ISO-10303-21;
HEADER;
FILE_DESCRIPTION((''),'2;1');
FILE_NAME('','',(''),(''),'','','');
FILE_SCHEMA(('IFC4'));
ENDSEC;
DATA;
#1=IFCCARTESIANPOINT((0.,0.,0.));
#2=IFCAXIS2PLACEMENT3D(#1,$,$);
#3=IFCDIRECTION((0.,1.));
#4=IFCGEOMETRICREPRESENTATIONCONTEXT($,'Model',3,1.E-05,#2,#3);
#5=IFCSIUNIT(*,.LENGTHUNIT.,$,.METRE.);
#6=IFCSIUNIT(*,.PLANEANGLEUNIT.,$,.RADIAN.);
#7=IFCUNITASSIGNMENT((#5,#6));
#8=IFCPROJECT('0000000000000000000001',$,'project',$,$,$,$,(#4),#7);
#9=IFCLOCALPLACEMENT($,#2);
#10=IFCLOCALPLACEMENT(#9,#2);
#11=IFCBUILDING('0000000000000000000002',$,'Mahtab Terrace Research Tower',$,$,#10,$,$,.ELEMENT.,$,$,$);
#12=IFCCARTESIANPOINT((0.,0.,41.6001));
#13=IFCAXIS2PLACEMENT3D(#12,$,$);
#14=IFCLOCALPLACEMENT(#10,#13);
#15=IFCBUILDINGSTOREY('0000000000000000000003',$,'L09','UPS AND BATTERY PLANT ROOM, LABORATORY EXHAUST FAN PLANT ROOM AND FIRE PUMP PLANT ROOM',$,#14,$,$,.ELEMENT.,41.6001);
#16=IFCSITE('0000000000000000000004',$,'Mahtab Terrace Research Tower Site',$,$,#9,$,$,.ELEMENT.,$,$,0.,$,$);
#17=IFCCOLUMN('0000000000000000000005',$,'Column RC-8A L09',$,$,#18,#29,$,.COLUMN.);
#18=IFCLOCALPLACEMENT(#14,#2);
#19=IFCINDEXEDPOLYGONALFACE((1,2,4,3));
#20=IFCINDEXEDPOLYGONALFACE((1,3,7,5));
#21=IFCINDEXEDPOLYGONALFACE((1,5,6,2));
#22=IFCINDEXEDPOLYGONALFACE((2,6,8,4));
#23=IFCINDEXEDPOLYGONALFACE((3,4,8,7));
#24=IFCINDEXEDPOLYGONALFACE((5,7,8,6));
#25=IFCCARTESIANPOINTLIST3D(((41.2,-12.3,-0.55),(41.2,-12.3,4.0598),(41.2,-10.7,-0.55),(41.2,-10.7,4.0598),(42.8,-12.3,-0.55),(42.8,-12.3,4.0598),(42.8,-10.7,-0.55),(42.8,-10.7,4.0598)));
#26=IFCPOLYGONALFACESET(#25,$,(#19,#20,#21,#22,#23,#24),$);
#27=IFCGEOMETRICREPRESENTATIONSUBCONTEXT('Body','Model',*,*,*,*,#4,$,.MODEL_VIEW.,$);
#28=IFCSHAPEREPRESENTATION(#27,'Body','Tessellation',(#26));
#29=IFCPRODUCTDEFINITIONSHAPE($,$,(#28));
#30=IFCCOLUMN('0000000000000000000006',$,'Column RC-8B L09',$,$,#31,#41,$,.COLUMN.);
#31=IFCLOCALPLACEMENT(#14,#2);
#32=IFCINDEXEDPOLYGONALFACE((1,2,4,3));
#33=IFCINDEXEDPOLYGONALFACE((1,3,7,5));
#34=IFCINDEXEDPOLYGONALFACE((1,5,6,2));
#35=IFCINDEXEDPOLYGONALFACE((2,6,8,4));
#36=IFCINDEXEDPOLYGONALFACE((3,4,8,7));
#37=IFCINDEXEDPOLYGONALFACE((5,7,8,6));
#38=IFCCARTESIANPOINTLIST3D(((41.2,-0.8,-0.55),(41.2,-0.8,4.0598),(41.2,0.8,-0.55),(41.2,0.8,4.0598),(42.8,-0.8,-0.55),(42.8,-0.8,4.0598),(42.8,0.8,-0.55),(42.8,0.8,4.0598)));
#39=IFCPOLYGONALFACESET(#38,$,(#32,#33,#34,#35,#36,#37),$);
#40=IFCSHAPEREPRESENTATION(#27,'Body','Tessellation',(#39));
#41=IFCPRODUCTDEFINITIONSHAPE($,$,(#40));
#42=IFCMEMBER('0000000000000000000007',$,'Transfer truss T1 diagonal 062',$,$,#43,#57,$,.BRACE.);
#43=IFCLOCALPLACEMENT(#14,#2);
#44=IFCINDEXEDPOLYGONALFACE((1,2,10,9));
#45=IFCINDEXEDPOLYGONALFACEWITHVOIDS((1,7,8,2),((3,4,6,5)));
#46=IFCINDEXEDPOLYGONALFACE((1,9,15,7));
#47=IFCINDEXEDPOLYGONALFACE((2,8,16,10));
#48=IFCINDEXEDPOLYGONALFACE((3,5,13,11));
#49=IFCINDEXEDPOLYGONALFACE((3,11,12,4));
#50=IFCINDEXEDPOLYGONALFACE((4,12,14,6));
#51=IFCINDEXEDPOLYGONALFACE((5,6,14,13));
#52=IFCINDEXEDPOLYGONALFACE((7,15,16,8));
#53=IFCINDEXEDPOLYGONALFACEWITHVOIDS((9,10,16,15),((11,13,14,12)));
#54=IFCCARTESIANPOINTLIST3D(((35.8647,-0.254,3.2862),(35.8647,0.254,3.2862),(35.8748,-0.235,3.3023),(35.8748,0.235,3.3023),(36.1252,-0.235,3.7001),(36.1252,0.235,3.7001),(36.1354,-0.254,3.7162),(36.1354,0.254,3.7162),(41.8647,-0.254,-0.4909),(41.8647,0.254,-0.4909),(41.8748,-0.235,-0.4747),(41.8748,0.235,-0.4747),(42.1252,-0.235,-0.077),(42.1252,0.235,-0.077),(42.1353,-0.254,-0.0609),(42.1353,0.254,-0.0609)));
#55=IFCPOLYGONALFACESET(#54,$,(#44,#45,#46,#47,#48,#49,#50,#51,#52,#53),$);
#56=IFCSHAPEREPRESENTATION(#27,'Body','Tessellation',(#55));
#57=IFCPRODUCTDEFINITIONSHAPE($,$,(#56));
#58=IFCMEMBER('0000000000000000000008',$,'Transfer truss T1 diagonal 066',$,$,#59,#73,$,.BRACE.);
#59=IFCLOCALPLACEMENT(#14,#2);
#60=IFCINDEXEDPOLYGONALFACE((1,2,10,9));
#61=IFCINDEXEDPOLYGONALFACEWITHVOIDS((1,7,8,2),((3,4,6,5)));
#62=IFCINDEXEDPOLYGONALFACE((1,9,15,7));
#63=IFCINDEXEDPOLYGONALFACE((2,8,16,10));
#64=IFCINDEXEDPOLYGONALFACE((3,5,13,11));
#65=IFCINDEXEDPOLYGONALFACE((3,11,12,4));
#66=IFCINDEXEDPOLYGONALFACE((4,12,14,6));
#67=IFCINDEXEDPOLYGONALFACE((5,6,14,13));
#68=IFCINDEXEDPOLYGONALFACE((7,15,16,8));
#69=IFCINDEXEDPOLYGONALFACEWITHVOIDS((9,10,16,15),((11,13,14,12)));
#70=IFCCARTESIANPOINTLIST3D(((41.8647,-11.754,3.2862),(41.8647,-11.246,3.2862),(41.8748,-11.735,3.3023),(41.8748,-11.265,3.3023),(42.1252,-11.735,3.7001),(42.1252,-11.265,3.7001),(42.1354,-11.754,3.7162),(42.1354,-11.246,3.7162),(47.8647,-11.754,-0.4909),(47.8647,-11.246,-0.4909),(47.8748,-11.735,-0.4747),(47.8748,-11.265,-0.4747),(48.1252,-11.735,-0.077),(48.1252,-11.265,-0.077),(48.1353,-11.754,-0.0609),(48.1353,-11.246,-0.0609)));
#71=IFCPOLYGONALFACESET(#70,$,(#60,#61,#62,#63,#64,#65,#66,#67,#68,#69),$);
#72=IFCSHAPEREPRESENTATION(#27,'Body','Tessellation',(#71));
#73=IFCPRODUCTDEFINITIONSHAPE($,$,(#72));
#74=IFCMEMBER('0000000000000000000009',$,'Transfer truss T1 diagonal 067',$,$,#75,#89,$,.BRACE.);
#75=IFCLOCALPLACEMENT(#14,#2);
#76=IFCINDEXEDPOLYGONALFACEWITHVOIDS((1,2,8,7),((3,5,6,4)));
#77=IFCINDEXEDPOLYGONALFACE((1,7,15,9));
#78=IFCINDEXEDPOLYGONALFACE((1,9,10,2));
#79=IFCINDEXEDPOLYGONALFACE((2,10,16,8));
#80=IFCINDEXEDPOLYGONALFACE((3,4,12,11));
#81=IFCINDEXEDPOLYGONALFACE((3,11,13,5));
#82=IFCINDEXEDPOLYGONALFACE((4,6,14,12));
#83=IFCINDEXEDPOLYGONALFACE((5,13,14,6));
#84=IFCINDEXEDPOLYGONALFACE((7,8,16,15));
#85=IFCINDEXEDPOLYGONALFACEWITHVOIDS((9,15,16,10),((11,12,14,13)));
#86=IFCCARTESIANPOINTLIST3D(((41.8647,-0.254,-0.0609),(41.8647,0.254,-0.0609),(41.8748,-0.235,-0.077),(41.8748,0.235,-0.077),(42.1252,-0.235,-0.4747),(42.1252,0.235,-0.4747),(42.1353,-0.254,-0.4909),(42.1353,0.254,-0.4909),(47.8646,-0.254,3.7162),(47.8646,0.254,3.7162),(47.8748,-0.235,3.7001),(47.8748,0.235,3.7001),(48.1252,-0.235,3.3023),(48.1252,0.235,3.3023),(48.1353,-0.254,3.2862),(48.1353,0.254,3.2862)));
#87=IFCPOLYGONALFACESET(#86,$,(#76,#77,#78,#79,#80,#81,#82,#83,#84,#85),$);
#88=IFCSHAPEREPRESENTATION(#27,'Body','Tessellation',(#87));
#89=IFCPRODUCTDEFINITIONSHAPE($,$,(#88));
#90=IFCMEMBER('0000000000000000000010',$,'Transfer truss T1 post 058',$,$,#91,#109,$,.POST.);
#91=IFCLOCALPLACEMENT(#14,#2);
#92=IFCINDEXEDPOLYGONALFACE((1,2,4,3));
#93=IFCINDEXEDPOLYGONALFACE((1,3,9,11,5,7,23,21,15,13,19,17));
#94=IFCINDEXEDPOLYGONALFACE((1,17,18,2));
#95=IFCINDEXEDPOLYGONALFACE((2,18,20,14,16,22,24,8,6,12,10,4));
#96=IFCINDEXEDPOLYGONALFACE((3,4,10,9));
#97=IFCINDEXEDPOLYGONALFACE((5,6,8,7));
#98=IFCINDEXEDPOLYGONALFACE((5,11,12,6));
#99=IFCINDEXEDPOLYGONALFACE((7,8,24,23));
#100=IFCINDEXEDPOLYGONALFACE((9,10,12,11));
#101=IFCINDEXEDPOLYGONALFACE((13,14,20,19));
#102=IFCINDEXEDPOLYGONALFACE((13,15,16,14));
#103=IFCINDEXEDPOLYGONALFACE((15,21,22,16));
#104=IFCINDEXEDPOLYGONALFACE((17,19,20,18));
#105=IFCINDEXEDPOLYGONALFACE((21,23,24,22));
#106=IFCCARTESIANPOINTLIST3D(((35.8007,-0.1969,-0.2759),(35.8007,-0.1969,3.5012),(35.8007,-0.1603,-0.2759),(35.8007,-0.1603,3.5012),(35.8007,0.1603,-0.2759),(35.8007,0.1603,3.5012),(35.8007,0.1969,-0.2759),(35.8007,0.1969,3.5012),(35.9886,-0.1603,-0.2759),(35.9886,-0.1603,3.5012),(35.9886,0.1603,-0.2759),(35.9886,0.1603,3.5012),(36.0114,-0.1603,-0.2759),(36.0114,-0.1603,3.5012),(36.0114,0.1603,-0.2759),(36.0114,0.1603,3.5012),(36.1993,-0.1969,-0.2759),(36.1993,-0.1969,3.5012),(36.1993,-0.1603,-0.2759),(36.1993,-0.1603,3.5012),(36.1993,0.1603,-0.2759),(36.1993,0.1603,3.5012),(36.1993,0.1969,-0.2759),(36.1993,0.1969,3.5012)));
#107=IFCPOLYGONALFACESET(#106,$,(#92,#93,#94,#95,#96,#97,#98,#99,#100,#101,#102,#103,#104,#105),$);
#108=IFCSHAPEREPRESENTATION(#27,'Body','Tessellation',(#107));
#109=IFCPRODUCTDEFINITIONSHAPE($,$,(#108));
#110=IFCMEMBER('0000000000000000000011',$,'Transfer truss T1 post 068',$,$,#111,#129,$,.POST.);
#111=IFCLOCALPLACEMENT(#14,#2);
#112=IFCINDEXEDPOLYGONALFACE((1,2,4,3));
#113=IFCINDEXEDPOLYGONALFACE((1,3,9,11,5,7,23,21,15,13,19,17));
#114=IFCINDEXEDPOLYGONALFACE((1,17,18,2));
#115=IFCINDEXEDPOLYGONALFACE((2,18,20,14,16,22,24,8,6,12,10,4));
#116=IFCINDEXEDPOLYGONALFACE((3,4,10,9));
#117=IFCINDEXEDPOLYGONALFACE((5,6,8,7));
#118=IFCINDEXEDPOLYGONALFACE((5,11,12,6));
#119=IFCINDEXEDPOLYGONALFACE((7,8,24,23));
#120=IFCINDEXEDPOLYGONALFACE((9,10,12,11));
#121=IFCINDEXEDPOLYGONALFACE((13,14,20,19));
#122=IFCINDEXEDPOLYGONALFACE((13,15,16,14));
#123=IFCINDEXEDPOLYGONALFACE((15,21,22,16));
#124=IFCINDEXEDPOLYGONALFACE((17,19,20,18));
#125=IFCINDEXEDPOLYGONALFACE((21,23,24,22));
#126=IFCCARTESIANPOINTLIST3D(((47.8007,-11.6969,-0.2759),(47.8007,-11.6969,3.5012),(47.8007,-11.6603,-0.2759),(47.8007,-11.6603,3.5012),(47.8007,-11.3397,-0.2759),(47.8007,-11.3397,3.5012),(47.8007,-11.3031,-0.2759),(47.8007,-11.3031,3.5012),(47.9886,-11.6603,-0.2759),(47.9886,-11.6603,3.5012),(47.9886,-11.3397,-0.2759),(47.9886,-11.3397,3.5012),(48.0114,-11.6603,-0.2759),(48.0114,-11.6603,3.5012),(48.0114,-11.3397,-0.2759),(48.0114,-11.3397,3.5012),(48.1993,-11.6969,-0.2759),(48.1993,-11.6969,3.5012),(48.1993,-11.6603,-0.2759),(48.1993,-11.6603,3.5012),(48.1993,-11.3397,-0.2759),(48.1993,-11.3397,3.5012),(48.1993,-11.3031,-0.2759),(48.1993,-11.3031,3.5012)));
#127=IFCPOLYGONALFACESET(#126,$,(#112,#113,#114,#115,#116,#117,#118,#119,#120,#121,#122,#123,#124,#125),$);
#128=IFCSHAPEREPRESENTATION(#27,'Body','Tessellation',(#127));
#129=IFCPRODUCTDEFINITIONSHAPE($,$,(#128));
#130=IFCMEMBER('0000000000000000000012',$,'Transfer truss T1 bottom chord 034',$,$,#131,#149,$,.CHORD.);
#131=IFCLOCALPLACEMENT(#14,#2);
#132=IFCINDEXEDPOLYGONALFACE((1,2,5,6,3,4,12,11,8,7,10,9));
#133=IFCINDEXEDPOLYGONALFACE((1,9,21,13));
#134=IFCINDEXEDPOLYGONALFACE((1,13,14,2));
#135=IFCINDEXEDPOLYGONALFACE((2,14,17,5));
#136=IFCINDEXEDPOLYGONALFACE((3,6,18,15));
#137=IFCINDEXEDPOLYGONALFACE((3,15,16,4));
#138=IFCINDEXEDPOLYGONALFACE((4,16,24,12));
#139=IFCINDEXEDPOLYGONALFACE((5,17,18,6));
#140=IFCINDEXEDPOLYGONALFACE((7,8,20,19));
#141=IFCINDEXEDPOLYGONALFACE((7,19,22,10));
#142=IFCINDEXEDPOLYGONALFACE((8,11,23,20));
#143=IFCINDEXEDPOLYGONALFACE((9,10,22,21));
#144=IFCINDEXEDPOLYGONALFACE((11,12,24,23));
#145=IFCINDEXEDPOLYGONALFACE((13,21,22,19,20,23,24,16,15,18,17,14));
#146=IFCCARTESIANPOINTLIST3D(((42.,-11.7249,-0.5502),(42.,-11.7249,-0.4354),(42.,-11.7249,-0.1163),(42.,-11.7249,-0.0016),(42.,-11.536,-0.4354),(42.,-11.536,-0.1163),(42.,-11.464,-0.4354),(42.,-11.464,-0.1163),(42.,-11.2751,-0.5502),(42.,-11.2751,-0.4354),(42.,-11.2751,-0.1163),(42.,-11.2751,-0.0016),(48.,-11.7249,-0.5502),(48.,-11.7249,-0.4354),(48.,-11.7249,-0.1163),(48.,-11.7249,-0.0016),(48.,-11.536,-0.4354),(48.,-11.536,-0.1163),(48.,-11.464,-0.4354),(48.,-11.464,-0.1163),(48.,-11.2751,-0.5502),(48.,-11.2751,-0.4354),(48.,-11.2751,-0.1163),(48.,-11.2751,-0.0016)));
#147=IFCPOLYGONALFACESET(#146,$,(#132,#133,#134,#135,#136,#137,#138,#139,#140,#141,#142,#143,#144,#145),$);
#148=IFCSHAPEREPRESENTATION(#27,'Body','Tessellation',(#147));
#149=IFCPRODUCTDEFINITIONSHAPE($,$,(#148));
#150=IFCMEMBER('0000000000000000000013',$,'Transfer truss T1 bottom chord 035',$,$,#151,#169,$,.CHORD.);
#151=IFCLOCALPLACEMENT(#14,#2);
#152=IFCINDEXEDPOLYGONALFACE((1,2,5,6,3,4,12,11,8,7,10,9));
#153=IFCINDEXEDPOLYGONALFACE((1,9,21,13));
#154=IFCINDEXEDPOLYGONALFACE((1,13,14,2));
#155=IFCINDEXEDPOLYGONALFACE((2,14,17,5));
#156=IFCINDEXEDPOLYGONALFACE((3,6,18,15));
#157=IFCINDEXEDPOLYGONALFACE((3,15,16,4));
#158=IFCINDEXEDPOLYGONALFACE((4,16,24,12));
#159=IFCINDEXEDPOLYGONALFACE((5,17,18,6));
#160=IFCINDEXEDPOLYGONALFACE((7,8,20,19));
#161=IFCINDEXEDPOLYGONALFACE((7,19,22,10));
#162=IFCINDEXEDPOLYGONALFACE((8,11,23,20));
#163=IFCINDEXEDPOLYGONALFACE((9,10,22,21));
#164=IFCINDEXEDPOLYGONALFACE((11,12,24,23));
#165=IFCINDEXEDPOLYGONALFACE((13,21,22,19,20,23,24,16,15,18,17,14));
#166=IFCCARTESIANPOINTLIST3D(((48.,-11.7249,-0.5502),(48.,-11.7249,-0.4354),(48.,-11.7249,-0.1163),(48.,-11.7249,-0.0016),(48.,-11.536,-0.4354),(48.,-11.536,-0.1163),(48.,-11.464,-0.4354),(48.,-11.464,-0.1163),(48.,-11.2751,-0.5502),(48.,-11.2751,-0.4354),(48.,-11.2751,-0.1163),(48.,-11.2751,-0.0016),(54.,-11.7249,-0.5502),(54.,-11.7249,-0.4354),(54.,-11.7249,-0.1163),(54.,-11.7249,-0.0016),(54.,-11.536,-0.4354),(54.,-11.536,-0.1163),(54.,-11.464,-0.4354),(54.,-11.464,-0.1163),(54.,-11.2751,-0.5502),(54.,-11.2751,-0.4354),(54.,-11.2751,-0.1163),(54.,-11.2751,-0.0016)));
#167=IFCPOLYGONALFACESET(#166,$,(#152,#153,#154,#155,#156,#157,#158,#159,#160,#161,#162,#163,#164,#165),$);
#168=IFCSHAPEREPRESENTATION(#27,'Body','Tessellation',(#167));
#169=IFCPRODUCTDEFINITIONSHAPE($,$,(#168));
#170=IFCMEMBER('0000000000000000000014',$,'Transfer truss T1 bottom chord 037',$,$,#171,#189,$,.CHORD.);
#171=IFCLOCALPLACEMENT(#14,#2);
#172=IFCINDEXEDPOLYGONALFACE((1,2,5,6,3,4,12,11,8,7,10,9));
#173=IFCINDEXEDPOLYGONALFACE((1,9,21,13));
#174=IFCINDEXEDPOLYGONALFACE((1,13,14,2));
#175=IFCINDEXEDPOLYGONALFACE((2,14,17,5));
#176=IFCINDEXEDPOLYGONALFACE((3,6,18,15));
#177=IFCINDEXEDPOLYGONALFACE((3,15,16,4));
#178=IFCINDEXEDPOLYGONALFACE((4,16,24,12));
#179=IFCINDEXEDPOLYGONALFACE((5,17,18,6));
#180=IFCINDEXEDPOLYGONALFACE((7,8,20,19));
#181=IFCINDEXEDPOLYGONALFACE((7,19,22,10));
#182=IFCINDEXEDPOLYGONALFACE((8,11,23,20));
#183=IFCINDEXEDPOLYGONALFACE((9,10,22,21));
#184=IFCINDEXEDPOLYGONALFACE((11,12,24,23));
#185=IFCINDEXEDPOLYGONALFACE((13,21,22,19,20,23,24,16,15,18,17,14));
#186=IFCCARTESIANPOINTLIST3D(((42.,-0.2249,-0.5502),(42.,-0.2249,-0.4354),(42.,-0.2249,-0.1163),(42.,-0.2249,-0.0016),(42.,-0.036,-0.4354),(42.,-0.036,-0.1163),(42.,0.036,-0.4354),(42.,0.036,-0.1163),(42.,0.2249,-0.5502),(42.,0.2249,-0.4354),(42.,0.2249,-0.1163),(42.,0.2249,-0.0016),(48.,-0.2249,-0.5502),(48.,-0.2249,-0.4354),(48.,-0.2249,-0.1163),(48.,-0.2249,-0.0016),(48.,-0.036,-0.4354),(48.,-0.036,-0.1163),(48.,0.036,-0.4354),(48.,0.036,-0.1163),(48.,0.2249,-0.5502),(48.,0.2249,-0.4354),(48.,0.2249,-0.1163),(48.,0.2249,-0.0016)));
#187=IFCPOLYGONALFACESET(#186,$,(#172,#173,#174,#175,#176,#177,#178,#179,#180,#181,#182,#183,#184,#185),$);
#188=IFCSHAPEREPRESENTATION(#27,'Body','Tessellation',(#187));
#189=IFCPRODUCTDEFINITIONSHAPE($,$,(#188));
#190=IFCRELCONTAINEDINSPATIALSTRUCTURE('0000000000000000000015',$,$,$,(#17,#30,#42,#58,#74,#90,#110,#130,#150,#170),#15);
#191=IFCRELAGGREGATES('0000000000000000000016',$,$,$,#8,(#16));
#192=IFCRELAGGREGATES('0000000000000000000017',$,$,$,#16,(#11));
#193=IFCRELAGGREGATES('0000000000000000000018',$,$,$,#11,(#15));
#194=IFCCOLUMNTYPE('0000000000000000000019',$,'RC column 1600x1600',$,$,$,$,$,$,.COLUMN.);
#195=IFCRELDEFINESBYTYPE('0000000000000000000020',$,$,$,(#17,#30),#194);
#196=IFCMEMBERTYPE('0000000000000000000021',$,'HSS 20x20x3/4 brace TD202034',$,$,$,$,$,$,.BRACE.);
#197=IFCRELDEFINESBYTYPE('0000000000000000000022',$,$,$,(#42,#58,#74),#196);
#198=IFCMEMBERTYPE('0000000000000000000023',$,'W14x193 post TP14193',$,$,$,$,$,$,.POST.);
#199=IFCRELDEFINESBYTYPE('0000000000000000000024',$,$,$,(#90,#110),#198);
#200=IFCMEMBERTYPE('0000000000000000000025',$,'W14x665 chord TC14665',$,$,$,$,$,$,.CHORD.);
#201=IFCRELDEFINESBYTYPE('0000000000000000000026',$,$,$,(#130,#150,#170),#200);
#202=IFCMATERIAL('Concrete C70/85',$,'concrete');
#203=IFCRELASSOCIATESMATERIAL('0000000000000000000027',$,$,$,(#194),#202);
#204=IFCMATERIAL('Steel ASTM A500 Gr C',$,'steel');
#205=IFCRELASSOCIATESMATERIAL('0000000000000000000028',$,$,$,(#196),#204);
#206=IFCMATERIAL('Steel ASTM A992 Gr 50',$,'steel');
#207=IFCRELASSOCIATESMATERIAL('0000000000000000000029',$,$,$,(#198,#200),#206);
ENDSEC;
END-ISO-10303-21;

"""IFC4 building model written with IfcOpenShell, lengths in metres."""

from ifc_helpers import new_model, si_unit, direction, frame, origin, origin_2d, place, context, subcontext, project, spatial, rectangle, hollow_rectangle, i_section, extrude, material, material_profile, profile_set, type_object, element, save


model = new_model("IFC4")

# Units and contexts
model_context = context("Model", 3, precision=1e-05, world=origin(), true_north=direction((0.0, 1.0)))
body_context = subcontext(model_context, "Body", "Model", "MODEL_VIEW")
ifc_project = project(units=[si_unit("LENGTHUNIT", "METRE"), si_unit("PLANEANGLEUNIT", "RADIAN")], contexts=[model_context])

# Site, building, storey
site_placement = place(None, origin())
site = spatial("IfcSite", under=ifc_project, at=site_placement, Name="Mahtab Terrace Research Tower Site", CompositionType="ELEMENT", RefElevation=0.0)
building_placement = place(site_placement, origin())
building = spatial("IfcBuilding", under=site, at=building_placement, Name="Mahtab Terrace Research Tower", CompositionType="ELEMENT")
storey_placement = place(building_placement, frame((0.0, 0.0, 41.6001)))
storey = spatial("IfcBuildingStorey", under=building, at=storey_placement, Name="L09", Description="UPS AND BATTERY PLANT ROOM, LABORATORY EXHAUST FAN PLANT ROOM AND FIRE PUMP PLANT ROOM", CompositionType="ELEMENT", Elevation=41.6001)

# Columns
ifc_material_1 = material(Name="Concrete C70/85", Category="concrete")
ifc_material_profile_1 = material_profile(ifc_material_1, rectangle(XDim=1.6001, YDim=1.6001, at=origin_2d()), Name="RC column 1600x1600")
ifc_profile_set_1 = profile_set([ifc_material_profile_1], Name="Concrete C70/85")
column_type = type_object("IfcColumnType", Name="RC column 1600x1600", PredefinedType="COLUMN", material=ifc_profile_set_1)
for number, where, z_axis, x_axis, name in (
    (1, (42.0, -11.5, -0.55), (0.0, 0.0, 1.0), (1.0, 0.0, 0.0), "Column RC-8A L09"),
    (2, (42.0, 0.0, -0.55), (0.0, 0.0, 1.0), (1.0, 0.0, 0.0), "Column RC-8B L09"),
):
    element("IfcColumn", number, at=place(storey_placement, frame(where, z_axis=z_axis, x_axis=x_axis)), inside=storey, type_object=column_type, Name=name, PredefinedType="COLUMN", context=body_context, shape_type="SweptSolid", body=[
        extrude(rectangle(XDim=1.6001, YDim=1.6001, at=origin_2d()), origin(), (0.0, 0.0, 1.0), 4.6099),
    ])

# Members
ifc_material_2 = material(Name="Steel ASTM A500 Gr C", Category="steel")
ifc_material_profile_2 = material_profile(ifc_material_2, hollow_rectangle(XDim=0.5081, YDim=0.5081, WallThickness=0.019, at=origin_2d()), Name="HSS20X20X3/4")
ifc_profile_set_2 = profile_set([ifc_material_profile_2], Name="Steel ASTM A500 Gr C")
member_type_1 = type_object("IfcMemberType", Name="HSS 20x20x3/4 brace TD202034", PredefinedType="BRACE", material=ifc_profile_set_2)
for number, where, z_axis, x_axis, name in (
    (3, (42.0, 0.0, -0.2759), (-0.846276, 0.0, 0.532745), (0.0, -1.0, 0.0), "Transfer truss T1 diagonal 062"),
    (4, (48.0, -11.5, -0.2759), (-0.846276, 0.0, 0.532745), (0.0, -1.0, 0.0), "Transfer truss T1 diagonal 066"),
    (5, (42.0, 0.0, -0.2759), (0.846276, 0.0, 0.532745), (0.0, 1.0, 0.0), "Transfer truss T1 diagonal 067"),
):
    element("IfcMember", number, at=place(storey_placement, frame(where, z_axis=z_axis, x_axis=x_axis)), inside=storey, type_object=member_type_1, Name=name, PredefinedType="BRACE", context=body_context, shape_type="SweptSolid", body=[
        extrude(hollow_rectangle(XDim=0.5081, YDim=0.5081, WallThickness=0.019, at=origin_2d()), origin(), (0.0, 0.0, 1.0), 7.0898),
    ])
ifc_material_3 = material(Name="Steel ASTM A992 Gr 50", Category="steel")
ifc_material_profile_3 = material_profile(ifc_material_3, i_section(OverallWidth=0.3987, OverallDepth=0.3938, WebThickness=0.0227, FlangeThickness=0.0366, at=origin_2d()), Name="W14X193")
ifc_profile_set_3 = profile_set([ifc_material_profile_3], Name="Steel ASTM A992 Gr 50")
member_type_2 = type_object("IfcMemberType", Name="W14x193 post TP14193", PredefinedType="POST", material=ifc_profile_set_3)
for number, where, z_axis, x_axis, name in (
    (6, (36.0, 0.0, -0.2759), (0.0, 0.0, 1.0), (1.0, 0.0, 0.0), "Transfer truss T1 post 058"),
    (7, (48.0, -11.5, -0.2759), (0.0, 0.0, 1.0), (1.0, 0.0, 0.0), "Transfer truss T1 post 068"),
):
    element("IfcMember", number, at=place(storey_placement, frame(where, z_axis=z_axis, x_axis=x_axis)), inside=storey, type_object=member_type_2, Name=name, PredefinedType="POST", context=body_context, shape_type="SweptSolid", body=[
        extrude(i_section(OverallWidth=0.3987, OverallDepth=0.3938, WebThickness=0.0227, FlangeThickness=0.0366, at=origin_2d()), origin(), (0.0, 0.0, 1.0), 3.7771),
    ])
ifc_material_profile_4 = material_profile(ifc_material_3, i_section(OverallWidth=0.4497, OverallDepth=0.5486, WebThickness=0.072, FlangeThickness=0.1147, at=origin_2d()), Name="W14X665")
ifc_profile_set_4 = profile_set([ifc_material_profile_4], Name="Steel ASTM A992 Gr 50")
member_type_3 = type_object("IfcMemberType", Name="W14x665 chord TC14665", PredefinedType="CHORD", material=ifc_profile_set_4)
for number, where, z_axis, x_axis, name in (
    (8, (42.0, -11.5, -0.2759), (1.0, 0.0, 0.0), (0.0, 1.0, 0.0), "Transfer truss T1 bottom chord 034"),
    (9, (48.0, -11.5, -0.2759), (1.0, 0.0, 0.0), (0.0, 1.0, 0.0), "Transfer truss T1 bottom chord 035"),
    (10, (42.0, 0.0, -0.2759), (1.0, 0.0, 0.0), (0.0, 1.0, 0.0), "Transfer truss T1 bottom chord 037"),
):
    element("IfcMember", number, at=place(storey_placement, frame(where, z_axis=z_axis, x_axis=x_axis)), inside=storey, type_object=member_type_3, Name=name, PredefinedType="CHORD", context=body_context, shape_type="SweptSolid", body=[
        extrude(i_section(OverallWidth=0.4497, OverallDepth=0.5486, WebThickness=0.072, FlangeThickness=0.1147, at=origin_2d()), origin(), (0.0, 0.0, 1.0), 6.0),
    ])

save(model, "model.ifc")
